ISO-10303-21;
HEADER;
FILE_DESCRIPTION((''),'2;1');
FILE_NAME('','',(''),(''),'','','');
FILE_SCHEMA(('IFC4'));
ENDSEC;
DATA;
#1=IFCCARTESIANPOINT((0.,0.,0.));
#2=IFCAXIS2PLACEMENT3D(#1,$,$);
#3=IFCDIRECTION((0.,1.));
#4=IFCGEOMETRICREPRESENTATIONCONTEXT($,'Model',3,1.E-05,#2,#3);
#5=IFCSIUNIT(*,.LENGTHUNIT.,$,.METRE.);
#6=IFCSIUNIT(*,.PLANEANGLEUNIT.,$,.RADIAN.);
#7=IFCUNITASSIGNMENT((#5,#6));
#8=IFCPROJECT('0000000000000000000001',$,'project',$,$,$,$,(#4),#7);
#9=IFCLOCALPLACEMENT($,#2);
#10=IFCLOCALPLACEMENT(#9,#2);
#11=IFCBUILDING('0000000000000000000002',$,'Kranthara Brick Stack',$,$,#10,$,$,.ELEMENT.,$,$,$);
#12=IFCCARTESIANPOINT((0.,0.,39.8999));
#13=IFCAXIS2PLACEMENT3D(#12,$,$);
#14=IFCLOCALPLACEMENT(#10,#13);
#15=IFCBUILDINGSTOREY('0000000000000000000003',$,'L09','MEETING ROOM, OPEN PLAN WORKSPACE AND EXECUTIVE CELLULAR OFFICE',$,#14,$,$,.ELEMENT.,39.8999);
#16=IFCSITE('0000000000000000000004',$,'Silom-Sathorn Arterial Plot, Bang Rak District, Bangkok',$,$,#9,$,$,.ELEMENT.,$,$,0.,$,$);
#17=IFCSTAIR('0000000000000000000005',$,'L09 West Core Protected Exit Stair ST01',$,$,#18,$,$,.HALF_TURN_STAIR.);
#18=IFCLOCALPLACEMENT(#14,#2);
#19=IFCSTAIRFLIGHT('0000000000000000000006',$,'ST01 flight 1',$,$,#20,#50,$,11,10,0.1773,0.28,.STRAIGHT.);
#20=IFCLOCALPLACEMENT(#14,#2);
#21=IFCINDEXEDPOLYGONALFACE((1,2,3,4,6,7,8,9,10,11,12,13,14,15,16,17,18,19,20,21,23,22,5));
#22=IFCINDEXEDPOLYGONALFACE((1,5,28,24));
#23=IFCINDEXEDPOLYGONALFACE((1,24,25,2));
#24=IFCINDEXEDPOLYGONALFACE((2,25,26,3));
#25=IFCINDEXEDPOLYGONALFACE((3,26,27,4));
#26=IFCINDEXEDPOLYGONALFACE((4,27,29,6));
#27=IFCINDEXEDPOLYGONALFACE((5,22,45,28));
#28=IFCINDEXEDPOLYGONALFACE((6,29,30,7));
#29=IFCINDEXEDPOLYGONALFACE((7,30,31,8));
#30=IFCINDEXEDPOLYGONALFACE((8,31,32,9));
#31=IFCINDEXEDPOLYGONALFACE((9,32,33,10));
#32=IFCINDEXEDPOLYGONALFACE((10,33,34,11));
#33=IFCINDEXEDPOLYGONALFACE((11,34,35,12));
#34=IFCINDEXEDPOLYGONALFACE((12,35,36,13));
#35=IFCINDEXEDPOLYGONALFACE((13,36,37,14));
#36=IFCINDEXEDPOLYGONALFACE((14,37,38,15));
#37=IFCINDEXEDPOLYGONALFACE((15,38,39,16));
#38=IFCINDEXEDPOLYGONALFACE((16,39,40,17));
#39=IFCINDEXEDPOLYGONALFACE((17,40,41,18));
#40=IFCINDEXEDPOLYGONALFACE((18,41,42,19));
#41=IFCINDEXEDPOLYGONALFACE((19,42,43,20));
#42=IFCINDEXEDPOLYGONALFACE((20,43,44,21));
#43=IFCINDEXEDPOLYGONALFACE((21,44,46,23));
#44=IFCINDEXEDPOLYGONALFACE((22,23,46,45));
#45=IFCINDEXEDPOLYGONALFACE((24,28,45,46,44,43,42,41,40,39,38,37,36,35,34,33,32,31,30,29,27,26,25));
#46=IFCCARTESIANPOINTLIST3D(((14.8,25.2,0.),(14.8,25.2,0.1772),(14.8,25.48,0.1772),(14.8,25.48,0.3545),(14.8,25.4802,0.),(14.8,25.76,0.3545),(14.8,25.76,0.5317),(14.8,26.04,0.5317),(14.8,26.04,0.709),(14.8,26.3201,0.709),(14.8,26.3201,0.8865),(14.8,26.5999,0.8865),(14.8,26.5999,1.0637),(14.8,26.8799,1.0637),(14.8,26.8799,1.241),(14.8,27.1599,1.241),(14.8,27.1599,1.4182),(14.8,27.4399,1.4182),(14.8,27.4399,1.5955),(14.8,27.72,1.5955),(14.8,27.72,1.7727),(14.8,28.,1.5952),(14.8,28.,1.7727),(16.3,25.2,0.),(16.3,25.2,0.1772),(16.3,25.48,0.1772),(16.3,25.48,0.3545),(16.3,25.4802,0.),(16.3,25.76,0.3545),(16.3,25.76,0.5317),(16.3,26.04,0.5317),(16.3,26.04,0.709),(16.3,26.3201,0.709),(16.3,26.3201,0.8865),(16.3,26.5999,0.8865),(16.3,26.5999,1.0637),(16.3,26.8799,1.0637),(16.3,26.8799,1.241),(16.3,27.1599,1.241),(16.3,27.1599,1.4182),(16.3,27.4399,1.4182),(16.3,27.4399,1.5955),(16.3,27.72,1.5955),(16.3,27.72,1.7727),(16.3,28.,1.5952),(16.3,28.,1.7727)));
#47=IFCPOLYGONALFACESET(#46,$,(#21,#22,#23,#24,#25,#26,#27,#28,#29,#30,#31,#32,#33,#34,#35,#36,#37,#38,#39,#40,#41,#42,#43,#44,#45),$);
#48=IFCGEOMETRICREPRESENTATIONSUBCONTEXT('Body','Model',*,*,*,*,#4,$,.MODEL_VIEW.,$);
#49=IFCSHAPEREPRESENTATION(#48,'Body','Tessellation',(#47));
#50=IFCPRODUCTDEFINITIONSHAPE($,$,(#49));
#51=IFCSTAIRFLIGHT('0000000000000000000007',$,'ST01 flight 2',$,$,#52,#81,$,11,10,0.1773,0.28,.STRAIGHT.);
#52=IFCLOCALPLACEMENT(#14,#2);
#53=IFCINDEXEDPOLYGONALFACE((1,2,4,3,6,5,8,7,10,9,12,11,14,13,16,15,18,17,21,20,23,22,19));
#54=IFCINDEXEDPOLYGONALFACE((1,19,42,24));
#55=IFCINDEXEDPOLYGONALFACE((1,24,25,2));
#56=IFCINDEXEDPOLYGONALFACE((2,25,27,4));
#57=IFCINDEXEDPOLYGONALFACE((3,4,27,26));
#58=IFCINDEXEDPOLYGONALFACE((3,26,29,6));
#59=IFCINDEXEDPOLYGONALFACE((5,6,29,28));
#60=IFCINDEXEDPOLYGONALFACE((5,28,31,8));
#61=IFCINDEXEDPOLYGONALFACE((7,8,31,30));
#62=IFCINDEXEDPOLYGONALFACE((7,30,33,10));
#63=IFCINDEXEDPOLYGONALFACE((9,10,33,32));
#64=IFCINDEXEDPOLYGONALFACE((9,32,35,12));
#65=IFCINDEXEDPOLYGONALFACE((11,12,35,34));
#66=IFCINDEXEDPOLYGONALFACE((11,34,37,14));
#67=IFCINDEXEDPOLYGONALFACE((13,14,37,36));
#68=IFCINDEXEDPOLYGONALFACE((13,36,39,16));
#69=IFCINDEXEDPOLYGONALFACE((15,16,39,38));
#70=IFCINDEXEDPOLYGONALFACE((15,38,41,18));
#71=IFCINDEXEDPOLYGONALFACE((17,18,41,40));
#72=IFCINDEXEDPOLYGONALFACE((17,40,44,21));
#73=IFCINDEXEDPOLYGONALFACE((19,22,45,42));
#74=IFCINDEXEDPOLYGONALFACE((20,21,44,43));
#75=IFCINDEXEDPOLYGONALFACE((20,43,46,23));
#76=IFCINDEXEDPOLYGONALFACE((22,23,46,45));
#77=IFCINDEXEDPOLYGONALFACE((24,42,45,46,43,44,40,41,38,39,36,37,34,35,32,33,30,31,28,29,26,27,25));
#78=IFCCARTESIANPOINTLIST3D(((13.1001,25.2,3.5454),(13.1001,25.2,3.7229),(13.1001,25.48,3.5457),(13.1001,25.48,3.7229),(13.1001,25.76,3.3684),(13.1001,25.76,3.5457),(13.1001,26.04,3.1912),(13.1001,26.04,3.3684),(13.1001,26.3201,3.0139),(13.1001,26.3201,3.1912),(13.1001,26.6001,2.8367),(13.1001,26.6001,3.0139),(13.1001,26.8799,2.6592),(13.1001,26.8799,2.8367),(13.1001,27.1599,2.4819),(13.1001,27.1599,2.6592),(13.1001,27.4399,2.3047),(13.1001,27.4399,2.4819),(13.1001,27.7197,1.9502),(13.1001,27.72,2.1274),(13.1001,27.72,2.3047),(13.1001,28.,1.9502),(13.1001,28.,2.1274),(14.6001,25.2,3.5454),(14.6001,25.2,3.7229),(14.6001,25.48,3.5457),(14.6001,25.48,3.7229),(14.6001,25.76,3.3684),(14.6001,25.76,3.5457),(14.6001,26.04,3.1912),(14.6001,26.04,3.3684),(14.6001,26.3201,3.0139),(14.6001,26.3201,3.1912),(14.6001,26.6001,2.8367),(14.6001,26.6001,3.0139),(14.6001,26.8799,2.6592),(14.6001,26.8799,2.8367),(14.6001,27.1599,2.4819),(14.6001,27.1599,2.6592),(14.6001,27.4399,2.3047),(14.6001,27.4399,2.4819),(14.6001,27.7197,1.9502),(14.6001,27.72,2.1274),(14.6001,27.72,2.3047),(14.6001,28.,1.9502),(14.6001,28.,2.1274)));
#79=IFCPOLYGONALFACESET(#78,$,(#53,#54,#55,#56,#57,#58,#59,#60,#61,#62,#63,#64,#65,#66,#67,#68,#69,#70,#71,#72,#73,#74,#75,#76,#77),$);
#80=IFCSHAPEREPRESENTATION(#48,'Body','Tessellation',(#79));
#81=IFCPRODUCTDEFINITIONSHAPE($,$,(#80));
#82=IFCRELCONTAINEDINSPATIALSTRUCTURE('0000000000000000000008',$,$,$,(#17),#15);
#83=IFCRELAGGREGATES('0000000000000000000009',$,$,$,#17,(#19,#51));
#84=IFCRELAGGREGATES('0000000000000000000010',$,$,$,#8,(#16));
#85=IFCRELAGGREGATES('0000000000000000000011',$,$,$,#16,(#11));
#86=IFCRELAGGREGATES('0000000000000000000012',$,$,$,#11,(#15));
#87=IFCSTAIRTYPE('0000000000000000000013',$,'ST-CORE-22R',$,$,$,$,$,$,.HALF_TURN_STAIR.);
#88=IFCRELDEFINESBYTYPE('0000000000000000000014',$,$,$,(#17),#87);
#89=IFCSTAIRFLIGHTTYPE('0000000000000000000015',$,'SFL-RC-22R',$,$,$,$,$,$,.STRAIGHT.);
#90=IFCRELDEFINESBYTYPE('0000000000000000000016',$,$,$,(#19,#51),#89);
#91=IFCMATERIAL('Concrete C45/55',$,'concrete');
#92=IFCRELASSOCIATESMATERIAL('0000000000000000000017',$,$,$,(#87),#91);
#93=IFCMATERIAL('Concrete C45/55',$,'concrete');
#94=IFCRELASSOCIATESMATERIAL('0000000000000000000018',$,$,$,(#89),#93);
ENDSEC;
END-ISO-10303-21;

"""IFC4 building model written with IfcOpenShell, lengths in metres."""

from ifc_helpers import new_model, si_unit, direction, frame, origin, place, context, subcontext, project, spatial, polyline, outline, extrude, material, type_object, element, aggregate, save


model = new_model("IFC4")

# Units and contexts
model_context = context("Model", 3, precision=1e-05, world=origin(), true_north=direction((0.0, 1.0)))
body_context = subcontext(model_context, "Body", "Model", "MODEL_VIEW")
ifc_project = project(units=[si_unit("LENGTHUNIT", "METRE"), si_unit("PLANEANGLEUNIT", "RADIAN")], contexts=[model_context])

# Site, building, storey
site_placement = place(None, origin())
site = spatial("IfcSite", under=ifc_project, at=site_placement, Name="Silom-Sathorn Arterial Plot, Bang Rak District, Bangkok", CompositionType="ELEMENT", RefElevation=0.0)
building_placement = place(site_placement, origin())
building = spatial("IfcBuilding", under=site, at=building_placement, Name="Kranthara Brick Stack", CompositionType="ELEMENT")
storey_placement = place(building_placement, frame((0.0, 0.0, 39.8999)))
storey = spatial("IfcBuildingStorey", under=building, at=storey_placement, Name="L09", Description="MEETING ROOM, OPEN PLAN WORKSPACE AND EXECUTIVE CELLULAR OFFICE", CompositionType="ELEMENT", Elevation=39.8999)

# Stair, stair flights
ifc_material_1 = material(Name="Concrete C45/55", Category="concrete")
stair_type = type_object("IfcStairType", Name="ST-CORE-22R", PredefinedType="HALF_TURN_STAIR", material=ifc_material_1)
stair_placement = place(storey_placement, origin())
stair = element("IfcStair", 1, at=stair_placement, inside=storey, type_object=stair_type, Name="L09 West Core Protected Exit Stair ST01", PredefinedType="HALF_TURN_STAIR")
ifc_material_2 = material(Name="Concrete C45/55", Category="concrete")
stair_flight_type = type_object("IfcStairFlightType", Name="SFL-RC-22R", PredefinedType="STRAIGHT", material=ifc_material_2)
stair_flight_1_placement = place(storey_placement, frame((15.55, 25.2, 0.0), z_axis=(0.0, 0.0, 1.0), x_axis=(0.0, 1.0, 0.0)))
stair_flight_1 = element("IfcStairFlight", 2, at=stair_flight_1_placement, type_object=stair_flight_type, Name="ST01 flight 1", NumberOfRisers=11, NumberOfTreads=10, PredefinedType="STRAIGHT", RiserHeight=0.1773, TreadLength=0.28, context=body_context, shape_type="SweptSolid", body=[
    extrude(outline(polyline([(0.0, 0.0), (0.0, 0.1772), (0.28, 0.1772), (0.28, 0.3545), (0.5601, 0.3545), (0.5601, 0.5317), (0.8401, 0.5317), (0.8401, 0.709), (1.1201, 0.709), (1.1201, 0.8865), (1.3999, 0.8865), (1.3999, 1.0637), (1.6799, 1.0637), (1.6799, 1.241), (1.96, 1.241), (1.96, 1.4182), (2.24, 1.4182), (2.24, 1.5955), (2.52, 1.5955), (2.52, 1.7727), (2.8, 1.7727), (2.8, 1.95), (2.8, 1.5952), (0.2803, 0.0), (0.0, 0.0)])), frame((0.0, 0.75, 0.0), z_axis=(0.0, -1.0, 0.0), x_axis=(1.0, 0.0, 0.0)), (0.0, 0.0, 1.0), 1.5),
])
stair_flight_2_placement = place(storey_placement, frame((13.8501, 28.0, 1.9502), z_axis=(0.0, 0.0, 1.0), x_axis=(0.0, -1.0, 0.0)))
stair_flight_2 = element("IfcStairFlight", 3, at=stair_flight_2_placement, type_object=stair_flight_type, Name="ST01 flight 2", NumberOfRisers=11, NumberOfTreads=10, PredefinedType="STRAIGHT", RiserHeight=0.1773, TreadLength=0.28, context=body_context, shape_type="SweptSolid", body=[
    extrude(outline(polyline([(0.0, 0.0), (0.0, 0.1772), (0.28, 0.1772), (0.28, 0.3545), (0.5601, 0.3545), (0.5601, 0.5317), (0.8401, 0.5317), (0.8401, 0.709), (1.1201, 0.709), (1.1201, 0.8865), (1.3999, 0.8865), (1.3999, 1.0637), (1.6799, 1.0637), (1.6799, 1.241), (1.96, 1.241), (1.96, 1.4182), (2.24, 1.4182), (2.24, 1.5955), (2.52, 1.5955), (2.52, 1.7727), (2.8, 1.7727), (2.8, 1.95), (2.8, 1.5952), (0.2803, 0.0), (0.0, 0.0)])), frame((0.0, 0.75, 0.0), z_axis=(0.0, -1.0, 0.0), x_axis=(1.0, 0.0, 0.0)), (0.0, 0.0, 1.0), 1.5),
])
aggregate(stair, [stair_flight_1, stair_flight_2])

save(model, "model.ifc")
